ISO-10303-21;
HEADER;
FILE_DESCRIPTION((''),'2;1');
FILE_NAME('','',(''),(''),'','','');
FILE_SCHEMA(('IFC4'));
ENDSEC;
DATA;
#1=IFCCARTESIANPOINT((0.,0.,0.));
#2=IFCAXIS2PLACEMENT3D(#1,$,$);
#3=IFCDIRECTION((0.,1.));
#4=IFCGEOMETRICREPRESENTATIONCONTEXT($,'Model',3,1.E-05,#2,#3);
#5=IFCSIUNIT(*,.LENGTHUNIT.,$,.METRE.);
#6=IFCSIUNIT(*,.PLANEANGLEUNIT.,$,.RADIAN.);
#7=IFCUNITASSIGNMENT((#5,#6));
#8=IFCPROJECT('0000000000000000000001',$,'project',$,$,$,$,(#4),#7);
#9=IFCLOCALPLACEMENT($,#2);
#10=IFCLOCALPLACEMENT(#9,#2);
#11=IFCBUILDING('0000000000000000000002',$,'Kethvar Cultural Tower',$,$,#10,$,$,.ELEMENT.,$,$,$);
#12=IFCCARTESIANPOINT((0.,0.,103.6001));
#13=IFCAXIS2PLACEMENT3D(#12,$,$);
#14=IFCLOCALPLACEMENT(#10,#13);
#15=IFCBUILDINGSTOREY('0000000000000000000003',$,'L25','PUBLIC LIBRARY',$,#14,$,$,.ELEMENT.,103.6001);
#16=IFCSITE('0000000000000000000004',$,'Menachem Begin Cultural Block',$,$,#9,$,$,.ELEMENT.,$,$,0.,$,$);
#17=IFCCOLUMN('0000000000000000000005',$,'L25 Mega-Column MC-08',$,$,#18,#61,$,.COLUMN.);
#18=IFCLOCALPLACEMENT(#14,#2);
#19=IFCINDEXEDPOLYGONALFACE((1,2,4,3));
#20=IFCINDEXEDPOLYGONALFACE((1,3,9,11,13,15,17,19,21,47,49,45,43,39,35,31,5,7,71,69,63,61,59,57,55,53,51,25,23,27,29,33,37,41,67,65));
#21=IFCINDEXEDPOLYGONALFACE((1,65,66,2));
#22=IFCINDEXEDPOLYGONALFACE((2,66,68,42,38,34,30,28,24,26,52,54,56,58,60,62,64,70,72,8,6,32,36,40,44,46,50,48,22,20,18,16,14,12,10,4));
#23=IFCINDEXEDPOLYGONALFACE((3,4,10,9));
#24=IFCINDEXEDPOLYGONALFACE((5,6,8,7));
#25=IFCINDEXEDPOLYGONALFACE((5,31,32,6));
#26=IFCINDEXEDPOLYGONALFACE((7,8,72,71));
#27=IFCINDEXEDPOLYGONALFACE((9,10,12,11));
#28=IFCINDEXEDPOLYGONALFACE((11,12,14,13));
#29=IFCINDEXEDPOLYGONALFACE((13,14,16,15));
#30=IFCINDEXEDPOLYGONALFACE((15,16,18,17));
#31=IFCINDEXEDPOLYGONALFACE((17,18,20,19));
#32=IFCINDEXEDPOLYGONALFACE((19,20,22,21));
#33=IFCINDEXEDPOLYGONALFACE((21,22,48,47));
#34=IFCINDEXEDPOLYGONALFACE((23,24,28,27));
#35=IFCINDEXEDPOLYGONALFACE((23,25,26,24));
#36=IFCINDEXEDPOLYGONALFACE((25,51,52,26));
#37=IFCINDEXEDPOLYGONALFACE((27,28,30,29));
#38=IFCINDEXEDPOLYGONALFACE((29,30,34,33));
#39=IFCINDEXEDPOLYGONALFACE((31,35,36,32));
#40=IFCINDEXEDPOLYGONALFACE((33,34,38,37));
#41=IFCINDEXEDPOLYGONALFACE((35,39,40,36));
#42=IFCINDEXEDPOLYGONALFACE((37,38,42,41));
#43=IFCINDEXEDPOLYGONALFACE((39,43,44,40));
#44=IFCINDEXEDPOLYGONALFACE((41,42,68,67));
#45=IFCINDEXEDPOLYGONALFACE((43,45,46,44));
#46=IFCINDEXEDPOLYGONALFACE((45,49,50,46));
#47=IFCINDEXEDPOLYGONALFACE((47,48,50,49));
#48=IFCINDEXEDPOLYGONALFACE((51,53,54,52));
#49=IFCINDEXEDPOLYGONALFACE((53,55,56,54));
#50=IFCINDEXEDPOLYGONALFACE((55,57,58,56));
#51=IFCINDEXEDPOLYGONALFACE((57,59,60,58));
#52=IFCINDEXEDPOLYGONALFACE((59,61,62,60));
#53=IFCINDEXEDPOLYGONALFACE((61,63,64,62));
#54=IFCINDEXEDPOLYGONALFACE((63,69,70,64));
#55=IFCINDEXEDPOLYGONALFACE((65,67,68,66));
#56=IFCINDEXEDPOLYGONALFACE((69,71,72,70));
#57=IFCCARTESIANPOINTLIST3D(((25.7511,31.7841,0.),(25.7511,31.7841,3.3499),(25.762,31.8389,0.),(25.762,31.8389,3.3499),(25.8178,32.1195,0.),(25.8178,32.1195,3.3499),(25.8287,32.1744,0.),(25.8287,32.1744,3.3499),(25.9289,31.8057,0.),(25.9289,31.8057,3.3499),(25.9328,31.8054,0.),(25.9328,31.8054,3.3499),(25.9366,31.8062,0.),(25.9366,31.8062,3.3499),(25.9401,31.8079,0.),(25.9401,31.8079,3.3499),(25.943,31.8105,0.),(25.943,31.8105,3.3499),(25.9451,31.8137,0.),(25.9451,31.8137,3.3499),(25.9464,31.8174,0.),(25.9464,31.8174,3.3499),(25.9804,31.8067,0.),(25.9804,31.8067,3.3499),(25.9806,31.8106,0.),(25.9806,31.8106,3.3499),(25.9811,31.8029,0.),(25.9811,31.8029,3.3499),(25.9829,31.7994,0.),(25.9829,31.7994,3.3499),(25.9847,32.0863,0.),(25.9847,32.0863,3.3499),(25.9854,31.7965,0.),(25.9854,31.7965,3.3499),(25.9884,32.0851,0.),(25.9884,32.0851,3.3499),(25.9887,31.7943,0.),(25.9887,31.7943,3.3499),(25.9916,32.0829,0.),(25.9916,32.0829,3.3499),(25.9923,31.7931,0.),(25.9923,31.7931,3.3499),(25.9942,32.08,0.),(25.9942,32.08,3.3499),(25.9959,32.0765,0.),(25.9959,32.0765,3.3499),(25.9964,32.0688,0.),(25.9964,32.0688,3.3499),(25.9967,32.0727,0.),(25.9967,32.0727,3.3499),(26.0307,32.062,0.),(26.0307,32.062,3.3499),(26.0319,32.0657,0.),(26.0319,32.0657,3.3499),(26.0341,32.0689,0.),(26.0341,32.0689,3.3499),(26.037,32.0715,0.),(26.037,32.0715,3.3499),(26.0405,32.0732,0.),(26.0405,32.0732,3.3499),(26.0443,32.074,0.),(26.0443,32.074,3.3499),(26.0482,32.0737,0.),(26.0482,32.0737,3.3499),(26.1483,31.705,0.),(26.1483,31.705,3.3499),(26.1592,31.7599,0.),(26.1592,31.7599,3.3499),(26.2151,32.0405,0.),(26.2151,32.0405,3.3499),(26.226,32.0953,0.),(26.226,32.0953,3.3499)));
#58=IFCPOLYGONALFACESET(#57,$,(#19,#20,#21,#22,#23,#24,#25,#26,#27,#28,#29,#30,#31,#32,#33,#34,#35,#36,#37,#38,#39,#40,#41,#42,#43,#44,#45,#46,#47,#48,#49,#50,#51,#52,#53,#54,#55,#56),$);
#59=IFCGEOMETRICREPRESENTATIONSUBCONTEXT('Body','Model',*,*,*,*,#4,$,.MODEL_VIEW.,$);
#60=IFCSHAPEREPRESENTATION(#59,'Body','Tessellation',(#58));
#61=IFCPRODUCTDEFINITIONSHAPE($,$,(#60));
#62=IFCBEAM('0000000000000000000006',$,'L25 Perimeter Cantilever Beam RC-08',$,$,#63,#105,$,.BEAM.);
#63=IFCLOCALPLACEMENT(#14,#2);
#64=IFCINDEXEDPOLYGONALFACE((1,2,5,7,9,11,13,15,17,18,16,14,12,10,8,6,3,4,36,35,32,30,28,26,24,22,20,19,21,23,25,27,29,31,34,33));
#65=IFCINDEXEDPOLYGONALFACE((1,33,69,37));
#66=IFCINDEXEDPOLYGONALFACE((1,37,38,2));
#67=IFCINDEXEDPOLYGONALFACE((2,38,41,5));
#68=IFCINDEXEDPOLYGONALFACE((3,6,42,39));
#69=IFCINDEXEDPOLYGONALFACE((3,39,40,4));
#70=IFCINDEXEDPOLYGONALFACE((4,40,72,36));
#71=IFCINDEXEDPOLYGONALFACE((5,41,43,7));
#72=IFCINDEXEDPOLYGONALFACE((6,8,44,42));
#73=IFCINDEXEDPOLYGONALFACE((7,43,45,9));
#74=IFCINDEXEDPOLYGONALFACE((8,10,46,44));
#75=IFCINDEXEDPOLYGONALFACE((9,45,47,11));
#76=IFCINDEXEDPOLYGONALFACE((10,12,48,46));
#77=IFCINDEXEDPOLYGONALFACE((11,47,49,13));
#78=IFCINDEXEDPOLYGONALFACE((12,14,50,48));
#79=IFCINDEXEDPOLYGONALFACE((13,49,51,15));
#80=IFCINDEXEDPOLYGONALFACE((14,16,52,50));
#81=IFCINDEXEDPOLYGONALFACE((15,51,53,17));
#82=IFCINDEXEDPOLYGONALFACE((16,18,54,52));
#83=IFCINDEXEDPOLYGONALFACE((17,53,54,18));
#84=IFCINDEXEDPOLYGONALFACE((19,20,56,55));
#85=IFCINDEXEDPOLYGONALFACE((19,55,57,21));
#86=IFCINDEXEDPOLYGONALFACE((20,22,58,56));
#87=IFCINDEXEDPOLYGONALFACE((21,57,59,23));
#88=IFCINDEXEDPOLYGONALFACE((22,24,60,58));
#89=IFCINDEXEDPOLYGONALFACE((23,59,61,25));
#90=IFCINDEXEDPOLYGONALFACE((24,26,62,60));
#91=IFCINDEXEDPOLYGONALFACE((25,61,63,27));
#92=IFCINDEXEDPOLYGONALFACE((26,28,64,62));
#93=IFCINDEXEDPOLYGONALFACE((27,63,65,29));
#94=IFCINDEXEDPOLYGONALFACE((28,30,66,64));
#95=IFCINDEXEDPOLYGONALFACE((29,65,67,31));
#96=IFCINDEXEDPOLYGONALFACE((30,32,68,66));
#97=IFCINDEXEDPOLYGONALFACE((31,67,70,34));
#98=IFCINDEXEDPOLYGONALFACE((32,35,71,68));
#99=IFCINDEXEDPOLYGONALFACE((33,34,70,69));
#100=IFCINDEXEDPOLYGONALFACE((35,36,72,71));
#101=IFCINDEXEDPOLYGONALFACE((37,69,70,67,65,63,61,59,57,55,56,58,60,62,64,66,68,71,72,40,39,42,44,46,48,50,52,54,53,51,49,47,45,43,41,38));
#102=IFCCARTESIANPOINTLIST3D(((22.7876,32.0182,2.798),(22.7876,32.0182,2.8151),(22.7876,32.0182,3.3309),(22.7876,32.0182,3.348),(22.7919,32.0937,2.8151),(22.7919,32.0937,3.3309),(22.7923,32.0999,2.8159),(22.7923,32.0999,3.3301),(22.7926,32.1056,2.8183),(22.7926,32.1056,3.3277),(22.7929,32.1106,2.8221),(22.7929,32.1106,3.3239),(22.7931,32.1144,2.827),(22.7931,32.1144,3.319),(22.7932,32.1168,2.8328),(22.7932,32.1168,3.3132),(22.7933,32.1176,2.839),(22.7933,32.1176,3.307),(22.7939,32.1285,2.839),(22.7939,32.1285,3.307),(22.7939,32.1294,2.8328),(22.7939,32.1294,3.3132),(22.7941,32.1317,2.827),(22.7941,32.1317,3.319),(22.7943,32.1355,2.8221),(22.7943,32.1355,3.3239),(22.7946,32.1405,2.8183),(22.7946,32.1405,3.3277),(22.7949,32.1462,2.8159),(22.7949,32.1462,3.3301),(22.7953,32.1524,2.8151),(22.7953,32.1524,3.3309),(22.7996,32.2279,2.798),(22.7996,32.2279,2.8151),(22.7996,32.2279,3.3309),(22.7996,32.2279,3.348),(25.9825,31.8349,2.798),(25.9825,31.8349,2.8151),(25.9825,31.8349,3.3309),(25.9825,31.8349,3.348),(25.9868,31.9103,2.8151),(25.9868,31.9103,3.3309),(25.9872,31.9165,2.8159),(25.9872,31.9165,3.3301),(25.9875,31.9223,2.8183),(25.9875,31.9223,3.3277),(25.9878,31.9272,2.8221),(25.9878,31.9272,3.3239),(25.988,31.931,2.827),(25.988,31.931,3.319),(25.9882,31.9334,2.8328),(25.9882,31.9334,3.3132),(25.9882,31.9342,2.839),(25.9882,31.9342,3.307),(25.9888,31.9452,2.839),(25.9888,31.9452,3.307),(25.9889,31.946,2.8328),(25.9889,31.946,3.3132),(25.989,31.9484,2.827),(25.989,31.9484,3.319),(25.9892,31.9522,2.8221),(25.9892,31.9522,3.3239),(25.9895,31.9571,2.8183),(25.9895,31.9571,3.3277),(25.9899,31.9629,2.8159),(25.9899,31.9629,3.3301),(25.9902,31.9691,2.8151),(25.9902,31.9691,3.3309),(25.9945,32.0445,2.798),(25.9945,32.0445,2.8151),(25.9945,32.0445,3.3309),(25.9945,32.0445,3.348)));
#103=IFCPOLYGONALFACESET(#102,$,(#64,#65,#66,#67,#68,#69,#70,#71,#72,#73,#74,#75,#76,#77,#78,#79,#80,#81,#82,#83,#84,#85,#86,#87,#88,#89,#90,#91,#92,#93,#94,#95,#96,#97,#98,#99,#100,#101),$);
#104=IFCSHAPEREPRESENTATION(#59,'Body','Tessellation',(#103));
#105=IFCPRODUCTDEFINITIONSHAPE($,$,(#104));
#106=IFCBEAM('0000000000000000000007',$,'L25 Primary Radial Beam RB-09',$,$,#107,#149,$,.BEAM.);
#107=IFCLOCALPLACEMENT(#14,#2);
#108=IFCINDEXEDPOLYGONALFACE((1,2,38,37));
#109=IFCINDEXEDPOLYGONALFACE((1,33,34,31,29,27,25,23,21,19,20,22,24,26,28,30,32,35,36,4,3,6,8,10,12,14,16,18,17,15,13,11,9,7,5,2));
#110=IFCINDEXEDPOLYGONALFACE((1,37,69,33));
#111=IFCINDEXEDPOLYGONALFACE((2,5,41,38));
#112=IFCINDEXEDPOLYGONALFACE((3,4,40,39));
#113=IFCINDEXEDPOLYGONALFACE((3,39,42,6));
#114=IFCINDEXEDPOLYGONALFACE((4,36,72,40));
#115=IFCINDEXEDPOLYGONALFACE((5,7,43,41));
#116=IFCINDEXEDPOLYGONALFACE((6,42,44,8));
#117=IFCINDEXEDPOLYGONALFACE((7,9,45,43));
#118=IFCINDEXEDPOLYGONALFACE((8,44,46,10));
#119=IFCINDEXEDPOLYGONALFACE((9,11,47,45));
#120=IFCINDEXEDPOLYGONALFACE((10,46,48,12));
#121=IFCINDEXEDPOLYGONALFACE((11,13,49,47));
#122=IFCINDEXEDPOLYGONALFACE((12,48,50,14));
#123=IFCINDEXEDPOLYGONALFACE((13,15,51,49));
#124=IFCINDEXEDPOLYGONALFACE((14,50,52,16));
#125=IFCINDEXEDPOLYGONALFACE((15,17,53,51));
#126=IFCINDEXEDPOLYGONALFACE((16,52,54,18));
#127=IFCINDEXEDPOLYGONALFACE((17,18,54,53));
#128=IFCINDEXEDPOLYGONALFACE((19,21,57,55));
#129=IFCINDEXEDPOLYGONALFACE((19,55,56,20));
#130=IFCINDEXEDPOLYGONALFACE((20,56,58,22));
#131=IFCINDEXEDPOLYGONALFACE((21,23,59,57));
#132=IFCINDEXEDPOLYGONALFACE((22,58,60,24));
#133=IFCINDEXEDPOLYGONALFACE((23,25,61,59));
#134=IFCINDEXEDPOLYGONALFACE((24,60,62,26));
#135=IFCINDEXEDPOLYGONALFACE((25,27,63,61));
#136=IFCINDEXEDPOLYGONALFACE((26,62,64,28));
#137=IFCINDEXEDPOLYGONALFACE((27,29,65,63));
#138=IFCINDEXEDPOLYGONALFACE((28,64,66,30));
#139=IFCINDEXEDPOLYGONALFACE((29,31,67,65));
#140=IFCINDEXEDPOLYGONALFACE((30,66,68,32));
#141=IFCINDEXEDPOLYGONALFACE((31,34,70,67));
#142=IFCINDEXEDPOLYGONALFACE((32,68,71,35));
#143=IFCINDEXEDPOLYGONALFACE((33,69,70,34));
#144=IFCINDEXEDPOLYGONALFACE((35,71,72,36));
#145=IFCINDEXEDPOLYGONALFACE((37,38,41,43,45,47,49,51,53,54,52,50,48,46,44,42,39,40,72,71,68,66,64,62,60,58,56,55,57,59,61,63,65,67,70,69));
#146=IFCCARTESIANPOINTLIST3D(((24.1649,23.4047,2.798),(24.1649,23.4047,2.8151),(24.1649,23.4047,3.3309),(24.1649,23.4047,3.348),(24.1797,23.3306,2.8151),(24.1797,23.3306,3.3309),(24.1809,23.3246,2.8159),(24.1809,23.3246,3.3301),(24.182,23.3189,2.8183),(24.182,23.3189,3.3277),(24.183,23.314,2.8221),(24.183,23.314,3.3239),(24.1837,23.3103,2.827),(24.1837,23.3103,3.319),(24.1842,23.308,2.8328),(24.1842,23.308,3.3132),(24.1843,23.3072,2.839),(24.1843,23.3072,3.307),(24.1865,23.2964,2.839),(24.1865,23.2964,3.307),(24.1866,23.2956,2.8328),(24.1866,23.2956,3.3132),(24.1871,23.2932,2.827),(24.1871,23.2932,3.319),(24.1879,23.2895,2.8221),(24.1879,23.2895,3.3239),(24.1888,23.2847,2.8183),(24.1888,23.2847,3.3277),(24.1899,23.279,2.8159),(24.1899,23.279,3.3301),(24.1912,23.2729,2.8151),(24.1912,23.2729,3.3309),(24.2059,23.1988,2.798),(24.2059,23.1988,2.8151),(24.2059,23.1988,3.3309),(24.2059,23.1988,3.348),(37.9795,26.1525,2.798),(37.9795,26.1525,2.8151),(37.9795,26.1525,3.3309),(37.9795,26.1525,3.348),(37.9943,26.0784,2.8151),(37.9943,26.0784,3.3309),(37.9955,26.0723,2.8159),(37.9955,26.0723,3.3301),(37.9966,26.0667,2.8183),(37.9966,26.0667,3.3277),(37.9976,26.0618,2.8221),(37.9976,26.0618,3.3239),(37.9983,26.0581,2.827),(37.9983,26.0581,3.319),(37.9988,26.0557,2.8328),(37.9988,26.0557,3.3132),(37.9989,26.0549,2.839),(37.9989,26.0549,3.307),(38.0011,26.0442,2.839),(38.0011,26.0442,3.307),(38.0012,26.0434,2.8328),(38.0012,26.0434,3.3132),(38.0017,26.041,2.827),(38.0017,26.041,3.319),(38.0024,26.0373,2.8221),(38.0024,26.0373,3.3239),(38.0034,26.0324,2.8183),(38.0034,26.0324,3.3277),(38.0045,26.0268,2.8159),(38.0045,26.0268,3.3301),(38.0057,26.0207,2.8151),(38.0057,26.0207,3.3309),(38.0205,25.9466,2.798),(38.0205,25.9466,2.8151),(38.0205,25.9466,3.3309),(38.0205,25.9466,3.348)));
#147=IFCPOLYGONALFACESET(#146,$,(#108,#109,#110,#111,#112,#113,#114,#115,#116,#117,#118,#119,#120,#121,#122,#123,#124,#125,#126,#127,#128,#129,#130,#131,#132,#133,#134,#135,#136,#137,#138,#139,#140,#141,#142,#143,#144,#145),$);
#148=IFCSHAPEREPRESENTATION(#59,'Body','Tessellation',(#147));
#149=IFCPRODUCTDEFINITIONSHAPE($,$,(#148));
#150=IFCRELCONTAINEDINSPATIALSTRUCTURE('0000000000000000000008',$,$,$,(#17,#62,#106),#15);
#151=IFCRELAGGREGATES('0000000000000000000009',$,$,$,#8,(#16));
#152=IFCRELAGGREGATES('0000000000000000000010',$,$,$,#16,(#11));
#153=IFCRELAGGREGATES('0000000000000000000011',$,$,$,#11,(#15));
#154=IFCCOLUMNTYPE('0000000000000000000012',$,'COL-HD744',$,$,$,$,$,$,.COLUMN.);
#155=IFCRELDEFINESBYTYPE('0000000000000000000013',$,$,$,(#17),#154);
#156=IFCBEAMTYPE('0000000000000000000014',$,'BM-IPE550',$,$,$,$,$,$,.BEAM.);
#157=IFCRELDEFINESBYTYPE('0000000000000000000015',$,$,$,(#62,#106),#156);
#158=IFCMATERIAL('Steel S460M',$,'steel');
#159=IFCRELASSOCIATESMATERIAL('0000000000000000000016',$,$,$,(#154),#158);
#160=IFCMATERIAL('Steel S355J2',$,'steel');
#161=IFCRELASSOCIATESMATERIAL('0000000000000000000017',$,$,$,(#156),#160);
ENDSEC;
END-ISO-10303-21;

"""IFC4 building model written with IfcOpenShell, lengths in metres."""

from ifc_helpers import new_model, si_unit, direction, frame, origin, origin_2d, place, context, subcontext, project, spatial, i_section, extrude, source, transform, mapped, material, material_profile, profile_set, type_object, element, save


model = new_model("IFC4")

# Units and contexts
model_context = context("Model", 3, precision=1e-05, world=origin(), true_north=direction((0.0, 1.0)))
body_context = subcontext(model_context, "Body", "Model", "MODEL_VIEW")
ifc_project = project(units=[si_unit("LENGTHUNIT", "METRE"), si_unit("PLANEANGLEUNIT", "RADIAN")], contexts=[model_context])

# Site, building, storey
site_placement = place(None, origin())
site = spatial("IfcSite", under=ifc_project, at=site_placement, Name="Menachem Begin Cultural Block", CompositionType="ELEMENT", RefElevation=0.0)
building_placement = place(site_placement, origin())
building = spatial("IfcBuilding", under=site, at=building_placement, Name="Kethvar Cultural Tower", CompositionType="ELEMENT")
storey_placement = place(building_placement, frame((0.0, 0.0, 103.6001)))
storey = spatial("IfcBuildingStorey", under=building, at=storey_placement, Name="L25", Description="PUBLIC LIBRARY", CompositionType="ELEMENT", Elevation=103.6001)

# Column
ifc_material_1 = material(Name="Steel S460M", Category="steel")
ifc_material_profile_1 = material_profile(ifc_material_1, i_section(OverallWidth=0.405, OverallDepth=0.3979, WebThickness=0.0349, FlangeThickness=0.0559, FilletRadius=0.0149, at=origin_2d()), Name="Steel S460M — HD400x744")
ifc_profile_set_1 = profile_set([ifc_material_profile_1], Name="Steel S460M — HD400x744")
column_type = type_object("IfcColumnType", Name="COL-HD744", PredefinedType="COLUMN", material=ifc_profile_set_1)
shared_shape_1 = source(origin(), body_context, "Body", "SweptSolid", [
    extrude(i_section(OverallWidth=0.405, OverallDepth=0.3979, WebThickness=0.0349, FlangeThickness=0.0559, FilletRadius=0.0149, at=origin_2d()), origin(), (0.0, 0.0, 1.0), 3.3499),
])
column_placement = place(storey_placement, frame((25.9885, 31.9397, 0.0), z_axis=(0.0, 0.0, 1.0), x_axis=(-0.980785, 0.19509, 0.0)))
element("IfcColumn", 1, at=column_placement, inside=storey, type_object=column_type, Name="L25 Mega-Column MC-08", PredefinedType="COLUMN", context=body_context, shape_type="MappedRepresentation", body=[
    mapped(shared_shape_1, transform((0.0, 0.0, 0.0), scale=1.0)),
])

# Beams
ifc_material_2 = material(Name="Steel S355J2", Category="steel")
ifc_material_profile_2 = material_profile(ifc_material_2, i_section(OverallWidth=0.21, OverallDepth=0.55, WebThickness=0.011, FlangeThickness=0.0171, FilletRadius=0.0239, at=origin_2d()), Name="Steel S355J2 — IPE550")
ifc_profile_set_2 = profile_set([ifc_material_profile_2], Name="Steel S355J2 — IPE550")
beam_type_1 = type_object("IfcBeamType", Name="BM-IPE550", PredefinedType="BEAM", material=ifc_profile_set_2)
shared_shape_2 = source(origin(), body_context, "Body", "SweptSolid", [
    extrude(i_section(OverallWidth=0.21, OverallDepth=0.55, WebThickness=0.011, FlangeThickness=0.0171, FilletRadius=0.0239, at=origin_2d()), origin(), (0.0, 0.0, 1.0), 3.2002),
])
beam_1_placement = place(storey_placement, frame((25.9885, 31.9397, 3.073), z_axis=(-0.998357, 0.057295, 0.0), x_axis=(-0.057295, -0.998357, 0.0)))
element("IfcBeam", 2, at=beam_1_placement, inside=storey, type_object=beam_type_1, Name="L25 Perimeter Cantilever Beam RC-08", PredefinedType="BEAM", context=body_context, shape_type="MappedRepresentation", body=[
    mapped(shared_shape_2, transform((0.0, 0.0, 0.0), scale=1.0)),
])
shared_shape_3 = source(origin(), body_context, "Body", "SweptSolid", [
    extrude(i_section(OverallWidth=0.21, OverallDepth=0.55, WebThickness=0.011, FlangeThickness=0.0171, FilletRadius=0.0239, at=origin_2d()), origin(), (0.0, 0.0, 1.0), 14.0852),
])
beam_2_placement = place(storey_placement, frame((38.0, 26.0496, 3.073), z_axis=(-0.980787, -0.195083, 0.0), x_axis=(0.195083, -0.980787, 0.0)))
element("IfcBeam", 3, at=beam_2_placement, inside=storey, type_object=beam_type_1, Name="L25 Primary Radial Beam RB-09", PredefinedType="BEAM", context=body_context, shape_type="MappedRepresentation", body=[
    mapped(shared_shape_3, transform((0.0, 0.0, 0.0), scale=1.0)),
])

save(model, "model.ifc")
